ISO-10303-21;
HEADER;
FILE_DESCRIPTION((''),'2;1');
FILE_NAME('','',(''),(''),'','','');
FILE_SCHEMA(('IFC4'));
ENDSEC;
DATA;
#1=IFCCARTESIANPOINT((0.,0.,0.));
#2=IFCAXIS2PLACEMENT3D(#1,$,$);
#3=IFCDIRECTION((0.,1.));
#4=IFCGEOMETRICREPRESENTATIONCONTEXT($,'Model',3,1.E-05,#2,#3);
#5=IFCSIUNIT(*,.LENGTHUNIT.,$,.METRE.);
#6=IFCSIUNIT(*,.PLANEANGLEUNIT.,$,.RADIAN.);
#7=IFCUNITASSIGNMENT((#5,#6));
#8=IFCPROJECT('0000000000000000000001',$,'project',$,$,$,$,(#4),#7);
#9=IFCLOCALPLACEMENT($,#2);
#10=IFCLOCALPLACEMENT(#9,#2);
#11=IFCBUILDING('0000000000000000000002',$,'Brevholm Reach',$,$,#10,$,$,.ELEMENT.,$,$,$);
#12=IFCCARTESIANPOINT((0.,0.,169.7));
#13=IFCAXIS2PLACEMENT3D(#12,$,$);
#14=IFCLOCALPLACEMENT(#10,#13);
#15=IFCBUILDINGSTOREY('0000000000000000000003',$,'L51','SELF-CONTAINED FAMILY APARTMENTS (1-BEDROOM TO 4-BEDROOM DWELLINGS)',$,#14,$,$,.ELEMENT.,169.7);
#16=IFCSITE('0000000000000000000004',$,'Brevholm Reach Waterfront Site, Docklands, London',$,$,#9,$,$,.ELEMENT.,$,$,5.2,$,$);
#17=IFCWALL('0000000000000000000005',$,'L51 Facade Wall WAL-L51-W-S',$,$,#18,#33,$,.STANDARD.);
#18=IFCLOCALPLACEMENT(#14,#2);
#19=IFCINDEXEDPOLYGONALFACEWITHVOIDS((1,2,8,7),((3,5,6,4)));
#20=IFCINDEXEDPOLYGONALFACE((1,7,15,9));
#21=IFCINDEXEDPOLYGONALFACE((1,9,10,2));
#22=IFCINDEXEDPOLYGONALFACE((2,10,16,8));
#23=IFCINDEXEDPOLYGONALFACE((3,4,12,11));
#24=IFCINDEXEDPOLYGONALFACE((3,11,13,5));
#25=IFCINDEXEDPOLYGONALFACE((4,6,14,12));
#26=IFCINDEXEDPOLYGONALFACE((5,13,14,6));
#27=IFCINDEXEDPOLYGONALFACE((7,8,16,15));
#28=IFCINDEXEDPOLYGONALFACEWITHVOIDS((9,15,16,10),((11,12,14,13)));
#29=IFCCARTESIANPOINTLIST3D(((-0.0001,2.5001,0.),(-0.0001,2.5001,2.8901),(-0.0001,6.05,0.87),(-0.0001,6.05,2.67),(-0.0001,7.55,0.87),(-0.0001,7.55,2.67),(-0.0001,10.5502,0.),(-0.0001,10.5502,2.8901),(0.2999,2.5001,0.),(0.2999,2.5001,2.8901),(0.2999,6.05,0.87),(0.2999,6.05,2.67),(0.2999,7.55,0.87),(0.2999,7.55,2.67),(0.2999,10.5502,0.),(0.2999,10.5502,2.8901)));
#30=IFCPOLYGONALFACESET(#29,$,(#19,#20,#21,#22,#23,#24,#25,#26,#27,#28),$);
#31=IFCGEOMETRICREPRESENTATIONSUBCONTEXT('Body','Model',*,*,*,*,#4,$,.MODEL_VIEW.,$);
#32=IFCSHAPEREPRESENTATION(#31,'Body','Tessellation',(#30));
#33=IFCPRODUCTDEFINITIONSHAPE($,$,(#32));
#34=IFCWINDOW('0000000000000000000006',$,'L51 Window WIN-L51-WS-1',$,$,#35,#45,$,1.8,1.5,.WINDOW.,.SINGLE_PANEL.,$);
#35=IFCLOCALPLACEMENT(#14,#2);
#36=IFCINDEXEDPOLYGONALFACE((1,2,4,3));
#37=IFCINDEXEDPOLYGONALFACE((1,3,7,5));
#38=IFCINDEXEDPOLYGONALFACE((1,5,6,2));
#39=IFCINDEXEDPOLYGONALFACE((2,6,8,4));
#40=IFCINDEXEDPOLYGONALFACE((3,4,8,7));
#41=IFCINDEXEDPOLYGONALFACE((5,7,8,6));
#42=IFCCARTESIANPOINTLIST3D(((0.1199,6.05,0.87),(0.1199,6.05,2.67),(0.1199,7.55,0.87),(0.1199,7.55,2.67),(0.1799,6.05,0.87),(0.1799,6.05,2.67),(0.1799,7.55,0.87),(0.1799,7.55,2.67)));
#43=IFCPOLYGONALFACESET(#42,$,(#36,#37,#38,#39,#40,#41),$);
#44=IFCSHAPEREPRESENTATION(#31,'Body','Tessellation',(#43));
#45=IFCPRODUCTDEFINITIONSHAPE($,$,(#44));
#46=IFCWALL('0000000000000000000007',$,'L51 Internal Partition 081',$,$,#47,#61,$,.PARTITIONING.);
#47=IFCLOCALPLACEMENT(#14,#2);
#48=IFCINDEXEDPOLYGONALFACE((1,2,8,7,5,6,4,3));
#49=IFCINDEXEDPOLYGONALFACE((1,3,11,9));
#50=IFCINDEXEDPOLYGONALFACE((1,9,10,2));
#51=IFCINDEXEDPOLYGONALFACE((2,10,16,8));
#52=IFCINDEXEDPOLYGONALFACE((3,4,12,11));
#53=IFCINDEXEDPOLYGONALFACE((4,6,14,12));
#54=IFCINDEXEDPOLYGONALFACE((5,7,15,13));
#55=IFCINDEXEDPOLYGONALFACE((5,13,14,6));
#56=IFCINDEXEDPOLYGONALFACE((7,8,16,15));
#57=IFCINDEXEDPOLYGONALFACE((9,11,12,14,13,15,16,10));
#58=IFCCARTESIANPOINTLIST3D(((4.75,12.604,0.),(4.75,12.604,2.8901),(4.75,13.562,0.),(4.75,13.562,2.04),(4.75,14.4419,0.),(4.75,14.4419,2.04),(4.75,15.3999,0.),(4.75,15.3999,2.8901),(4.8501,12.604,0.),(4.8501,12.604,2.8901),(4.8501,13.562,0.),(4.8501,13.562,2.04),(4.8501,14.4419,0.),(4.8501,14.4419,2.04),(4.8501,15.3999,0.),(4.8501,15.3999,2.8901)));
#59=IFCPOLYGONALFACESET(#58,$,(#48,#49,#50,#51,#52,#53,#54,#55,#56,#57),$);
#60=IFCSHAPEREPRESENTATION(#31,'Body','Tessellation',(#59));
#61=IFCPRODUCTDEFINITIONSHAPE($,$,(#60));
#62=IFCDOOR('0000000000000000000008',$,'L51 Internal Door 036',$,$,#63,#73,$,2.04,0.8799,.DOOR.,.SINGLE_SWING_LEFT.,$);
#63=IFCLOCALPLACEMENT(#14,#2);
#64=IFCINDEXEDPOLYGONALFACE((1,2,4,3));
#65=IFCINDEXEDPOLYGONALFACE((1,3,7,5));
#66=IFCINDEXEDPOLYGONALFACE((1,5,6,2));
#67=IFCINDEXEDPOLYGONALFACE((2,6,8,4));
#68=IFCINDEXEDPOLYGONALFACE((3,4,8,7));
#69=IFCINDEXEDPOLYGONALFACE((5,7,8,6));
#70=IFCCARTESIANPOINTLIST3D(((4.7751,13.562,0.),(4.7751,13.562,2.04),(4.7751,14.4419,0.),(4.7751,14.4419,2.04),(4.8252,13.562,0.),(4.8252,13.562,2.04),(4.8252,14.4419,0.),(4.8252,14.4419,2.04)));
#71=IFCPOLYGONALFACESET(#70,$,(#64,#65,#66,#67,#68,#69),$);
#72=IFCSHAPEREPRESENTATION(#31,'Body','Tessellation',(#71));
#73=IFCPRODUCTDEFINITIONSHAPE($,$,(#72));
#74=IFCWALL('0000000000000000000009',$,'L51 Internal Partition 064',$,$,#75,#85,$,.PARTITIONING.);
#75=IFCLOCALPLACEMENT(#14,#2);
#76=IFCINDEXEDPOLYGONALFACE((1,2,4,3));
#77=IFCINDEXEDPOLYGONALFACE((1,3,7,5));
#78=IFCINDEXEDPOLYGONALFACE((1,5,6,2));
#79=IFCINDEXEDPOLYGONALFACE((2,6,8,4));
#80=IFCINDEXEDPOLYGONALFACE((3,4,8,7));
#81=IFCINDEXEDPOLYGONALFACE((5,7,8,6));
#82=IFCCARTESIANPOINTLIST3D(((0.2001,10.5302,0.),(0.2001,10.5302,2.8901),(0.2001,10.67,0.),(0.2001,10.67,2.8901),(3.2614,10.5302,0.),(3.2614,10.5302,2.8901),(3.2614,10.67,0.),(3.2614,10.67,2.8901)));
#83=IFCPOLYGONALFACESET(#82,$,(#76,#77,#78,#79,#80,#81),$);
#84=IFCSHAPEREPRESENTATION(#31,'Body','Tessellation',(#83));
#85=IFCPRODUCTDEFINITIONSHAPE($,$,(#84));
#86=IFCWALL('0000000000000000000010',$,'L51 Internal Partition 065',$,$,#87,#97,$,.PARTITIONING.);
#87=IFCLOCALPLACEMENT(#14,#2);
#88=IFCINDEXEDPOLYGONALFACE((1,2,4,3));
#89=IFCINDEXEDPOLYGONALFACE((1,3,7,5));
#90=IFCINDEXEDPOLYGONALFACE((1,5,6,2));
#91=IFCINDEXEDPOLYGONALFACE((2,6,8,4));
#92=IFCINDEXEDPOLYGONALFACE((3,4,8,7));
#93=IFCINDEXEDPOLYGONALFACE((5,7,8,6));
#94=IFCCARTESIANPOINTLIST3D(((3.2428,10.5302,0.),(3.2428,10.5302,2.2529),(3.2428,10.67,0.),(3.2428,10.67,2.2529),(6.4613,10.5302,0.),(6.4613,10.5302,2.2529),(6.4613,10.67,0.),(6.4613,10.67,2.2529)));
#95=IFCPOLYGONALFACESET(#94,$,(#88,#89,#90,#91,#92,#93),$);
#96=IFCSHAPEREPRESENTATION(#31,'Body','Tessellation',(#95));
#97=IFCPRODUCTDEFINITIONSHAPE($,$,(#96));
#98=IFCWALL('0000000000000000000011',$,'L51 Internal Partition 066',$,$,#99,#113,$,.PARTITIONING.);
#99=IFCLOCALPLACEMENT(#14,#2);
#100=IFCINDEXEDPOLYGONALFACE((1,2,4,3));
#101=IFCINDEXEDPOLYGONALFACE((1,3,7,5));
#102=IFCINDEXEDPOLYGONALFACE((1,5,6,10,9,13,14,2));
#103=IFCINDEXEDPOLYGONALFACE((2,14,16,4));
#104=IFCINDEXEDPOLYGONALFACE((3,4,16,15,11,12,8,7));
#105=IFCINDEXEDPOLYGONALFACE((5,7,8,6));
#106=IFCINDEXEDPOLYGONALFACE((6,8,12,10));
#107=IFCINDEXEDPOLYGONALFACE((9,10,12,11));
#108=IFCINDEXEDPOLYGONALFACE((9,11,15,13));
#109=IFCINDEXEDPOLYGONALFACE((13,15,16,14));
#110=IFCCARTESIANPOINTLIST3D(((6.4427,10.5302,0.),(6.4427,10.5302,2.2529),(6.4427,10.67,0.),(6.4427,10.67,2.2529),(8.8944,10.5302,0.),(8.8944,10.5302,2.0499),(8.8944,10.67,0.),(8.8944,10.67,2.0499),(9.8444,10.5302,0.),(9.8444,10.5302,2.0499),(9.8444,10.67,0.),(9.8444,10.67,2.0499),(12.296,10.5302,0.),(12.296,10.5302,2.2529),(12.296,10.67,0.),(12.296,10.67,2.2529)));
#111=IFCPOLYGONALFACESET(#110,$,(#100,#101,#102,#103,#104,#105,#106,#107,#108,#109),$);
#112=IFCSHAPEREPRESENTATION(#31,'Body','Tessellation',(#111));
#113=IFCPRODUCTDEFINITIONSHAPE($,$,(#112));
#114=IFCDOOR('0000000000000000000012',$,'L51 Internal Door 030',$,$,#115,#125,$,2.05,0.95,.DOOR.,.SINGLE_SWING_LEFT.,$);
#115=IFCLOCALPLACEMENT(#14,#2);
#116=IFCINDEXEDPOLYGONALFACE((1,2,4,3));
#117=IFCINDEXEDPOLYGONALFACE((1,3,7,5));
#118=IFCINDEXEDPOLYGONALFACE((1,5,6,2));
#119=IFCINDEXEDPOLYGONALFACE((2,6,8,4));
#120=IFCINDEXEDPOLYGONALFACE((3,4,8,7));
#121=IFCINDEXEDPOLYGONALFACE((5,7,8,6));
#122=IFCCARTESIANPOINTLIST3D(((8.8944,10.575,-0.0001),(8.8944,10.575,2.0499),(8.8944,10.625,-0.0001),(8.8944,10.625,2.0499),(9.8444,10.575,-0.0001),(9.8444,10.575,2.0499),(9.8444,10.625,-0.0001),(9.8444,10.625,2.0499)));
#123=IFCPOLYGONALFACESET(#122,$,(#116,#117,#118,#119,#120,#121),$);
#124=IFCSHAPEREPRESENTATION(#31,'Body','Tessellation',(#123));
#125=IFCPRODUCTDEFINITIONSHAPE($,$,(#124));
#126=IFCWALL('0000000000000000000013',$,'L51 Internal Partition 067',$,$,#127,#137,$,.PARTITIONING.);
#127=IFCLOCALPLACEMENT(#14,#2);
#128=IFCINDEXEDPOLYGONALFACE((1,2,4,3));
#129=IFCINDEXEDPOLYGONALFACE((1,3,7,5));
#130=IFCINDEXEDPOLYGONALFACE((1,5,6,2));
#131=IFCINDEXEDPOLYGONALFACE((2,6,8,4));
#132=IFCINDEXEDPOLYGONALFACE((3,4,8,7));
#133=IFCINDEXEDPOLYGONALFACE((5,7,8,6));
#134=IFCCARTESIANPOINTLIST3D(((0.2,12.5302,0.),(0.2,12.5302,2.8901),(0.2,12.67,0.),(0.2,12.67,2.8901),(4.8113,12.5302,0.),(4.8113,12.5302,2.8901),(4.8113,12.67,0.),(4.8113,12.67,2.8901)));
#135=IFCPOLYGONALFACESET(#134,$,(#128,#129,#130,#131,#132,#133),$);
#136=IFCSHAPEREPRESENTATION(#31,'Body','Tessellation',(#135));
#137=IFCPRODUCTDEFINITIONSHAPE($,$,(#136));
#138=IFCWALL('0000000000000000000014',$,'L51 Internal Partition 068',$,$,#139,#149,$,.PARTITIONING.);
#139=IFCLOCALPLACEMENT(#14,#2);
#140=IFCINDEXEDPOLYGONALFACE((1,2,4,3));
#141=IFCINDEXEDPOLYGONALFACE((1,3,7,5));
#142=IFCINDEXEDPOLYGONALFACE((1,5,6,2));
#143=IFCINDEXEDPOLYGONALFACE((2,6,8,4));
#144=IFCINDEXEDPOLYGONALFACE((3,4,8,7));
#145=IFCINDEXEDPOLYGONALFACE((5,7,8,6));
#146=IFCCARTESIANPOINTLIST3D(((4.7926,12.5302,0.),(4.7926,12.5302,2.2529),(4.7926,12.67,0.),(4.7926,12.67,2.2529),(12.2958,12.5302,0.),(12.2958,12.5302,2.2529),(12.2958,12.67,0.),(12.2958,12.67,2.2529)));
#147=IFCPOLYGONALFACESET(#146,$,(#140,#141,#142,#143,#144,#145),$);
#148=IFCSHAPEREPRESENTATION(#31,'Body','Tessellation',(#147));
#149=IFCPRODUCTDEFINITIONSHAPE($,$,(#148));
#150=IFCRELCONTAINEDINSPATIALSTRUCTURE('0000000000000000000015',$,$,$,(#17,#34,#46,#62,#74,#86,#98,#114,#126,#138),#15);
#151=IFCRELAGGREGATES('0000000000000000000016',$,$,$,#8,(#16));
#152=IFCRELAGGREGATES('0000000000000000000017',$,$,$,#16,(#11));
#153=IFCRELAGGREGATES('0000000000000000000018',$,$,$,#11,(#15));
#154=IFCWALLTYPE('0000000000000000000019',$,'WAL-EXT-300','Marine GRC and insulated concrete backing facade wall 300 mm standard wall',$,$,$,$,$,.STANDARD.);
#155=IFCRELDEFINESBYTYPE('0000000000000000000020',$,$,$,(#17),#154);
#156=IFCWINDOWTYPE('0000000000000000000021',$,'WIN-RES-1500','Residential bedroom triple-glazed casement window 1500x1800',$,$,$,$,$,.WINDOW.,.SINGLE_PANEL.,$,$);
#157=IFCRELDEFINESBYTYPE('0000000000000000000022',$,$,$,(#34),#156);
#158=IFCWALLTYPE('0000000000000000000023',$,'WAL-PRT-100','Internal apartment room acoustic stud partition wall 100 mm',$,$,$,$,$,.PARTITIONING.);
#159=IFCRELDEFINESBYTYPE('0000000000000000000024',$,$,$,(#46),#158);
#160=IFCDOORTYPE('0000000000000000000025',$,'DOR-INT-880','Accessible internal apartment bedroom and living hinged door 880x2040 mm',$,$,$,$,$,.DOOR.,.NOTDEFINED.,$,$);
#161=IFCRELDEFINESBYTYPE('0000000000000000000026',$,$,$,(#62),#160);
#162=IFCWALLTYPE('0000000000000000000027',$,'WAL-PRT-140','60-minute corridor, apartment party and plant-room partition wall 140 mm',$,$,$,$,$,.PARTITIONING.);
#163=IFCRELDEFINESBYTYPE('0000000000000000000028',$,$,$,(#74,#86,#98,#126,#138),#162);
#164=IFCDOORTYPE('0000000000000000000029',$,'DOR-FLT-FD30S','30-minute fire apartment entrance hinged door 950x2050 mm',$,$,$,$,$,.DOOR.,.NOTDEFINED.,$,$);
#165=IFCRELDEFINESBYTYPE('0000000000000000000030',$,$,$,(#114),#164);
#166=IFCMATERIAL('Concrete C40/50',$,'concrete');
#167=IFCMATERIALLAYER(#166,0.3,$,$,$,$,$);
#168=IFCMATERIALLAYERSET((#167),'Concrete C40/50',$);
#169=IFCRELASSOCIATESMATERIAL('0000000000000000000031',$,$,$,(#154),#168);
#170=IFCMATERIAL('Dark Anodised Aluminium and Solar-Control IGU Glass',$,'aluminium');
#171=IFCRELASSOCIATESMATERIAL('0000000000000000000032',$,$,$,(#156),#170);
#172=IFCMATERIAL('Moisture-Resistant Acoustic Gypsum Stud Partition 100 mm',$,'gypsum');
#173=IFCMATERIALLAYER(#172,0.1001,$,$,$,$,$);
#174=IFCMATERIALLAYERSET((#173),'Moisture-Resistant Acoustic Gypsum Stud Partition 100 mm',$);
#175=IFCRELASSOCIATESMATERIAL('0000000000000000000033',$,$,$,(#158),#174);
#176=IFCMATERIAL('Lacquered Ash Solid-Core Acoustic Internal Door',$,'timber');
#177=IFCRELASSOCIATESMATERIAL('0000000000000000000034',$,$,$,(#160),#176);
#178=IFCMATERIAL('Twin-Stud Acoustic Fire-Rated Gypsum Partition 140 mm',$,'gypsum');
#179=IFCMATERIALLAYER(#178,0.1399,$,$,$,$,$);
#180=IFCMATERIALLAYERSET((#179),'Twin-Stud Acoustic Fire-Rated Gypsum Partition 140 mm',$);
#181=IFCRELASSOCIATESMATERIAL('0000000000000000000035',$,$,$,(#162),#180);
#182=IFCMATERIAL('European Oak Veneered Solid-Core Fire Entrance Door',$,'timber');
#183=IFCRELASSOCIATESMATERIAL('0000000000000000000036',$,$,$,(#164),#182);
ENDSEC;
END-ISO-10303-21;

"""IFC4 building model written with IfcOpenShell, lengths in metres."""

from ifc_helpers import new_model, si_unit, direction, frame, frame_2d, origin, place, context, subcontext, project, spatial, rectangle, extrude, material, layer, layer_set, type_object, element, fill, save


model = new_model("IFC4")

# Units and contexts
model_context = context("Model", 3, precision=1e-05, world=origin(), true_north=direction((0.0, 1.0)))
body_context = subcontext(model_context, "Body", "Model", "MODEL_VIEW")
ifc_project = project(units=[si_unit("LENGTHUNIT", "METRE"), si_unit("PLANEANGLEUNIT", "RADIAN")], contexts=[model_context])

# Site, building, storey
site_placement = place(None, origin())
site = spatial("IfcSite", under=ifc_project, at=site_placement, Name="Brevholm Reach Waterfront Site, Docklands, London", CompositionType="ELEMENT", RefElevation=5.2)
building_placement = place(site_placement, origin())
building = spatial("IfcBuilding", under=site, at=building_placement, Name="Brevholm Reach", CompositionType="ELEMENT")
storey_placement = place(building_placement, frame((0.0, 0.0, 169.7)))
storey = spatial("IfcBuildingStorey", under=building, at=storey_placement, Name="L51", Description="SELF-CONTAINED FAMILY APARTMENTS (1-BEDROOM TO 4-BEDROOM DWELLINGS)", CompositionType="ELEMENT", Elevation=169.7)

# Wall, opening, window
ifc_material_1 = material(Name="Concrete C40/50", Category="concrete")
ifc_layer_1 = layer(ifc_material_1, 0.3)
ifc_layer_set_1 = layer_set([ifc_layer_1], Name="Concrete C40/50")
wall_type_1 = type_object("IfcWallType", Name="WAL-EXT-300", Description="Marine GRC and insulated concrete backing facade wall 300 mm standard wall", PredefinedType="STANDARD", material=ifc_layer_set_1)
wall_1_placement = place(storey_placement, frame((0.1499, 10.55, 0.0), z_axis=(0.0, 0.0, 1.0), x_axis=(0.0, -1.0, 0.0)))
wall_1 = element("IfcWall", 1, at=wall_1_placement, inside=storey, type_object=wall_type_1, Name="L51 Facade Wall WAL-L51-W-S", PredefinedType="STANDARD", context=body_context, shape_type="SweptSolid", body=[
    extrude(rectangle(XDim=8.05, YDim=0.3, at=frame_2d((4.0249, 0.0))), origin(), (0.0, 0.0, 1.0), 2.8901),
])
opening_1_placement = place(wall_1_placement, frame((3.0, 0.0, 0.8701)))
opening_1 = element("IfcOpeningElement", 2, at=opening_1_placement, cuts=wall_1, PredefinedType="OPENING", context=body_context, shape_type="SweptSolid", body=[
    extrude(rectangle(XDim=1.5, YDim=1.8, at=frame_2d((0.75, 0.8999))), frame((0.0, 0.1599, 0.0), z_axis=(0.0, -1.0, 0.0), x_axis=(1.0, 0.0, 0.0)), (0.0, 0.0, 1.0), 0.3201),
])
ifc_material_2 = material(Name="Dark Anodised Aluminium and Solar-Control IGU Glass", Category="aluminium")
window_type = type_object("IfcWindowType", Name="WIN-RES-1500", Description="Residential bedroom triple-glazed casement window 1500x1800", PartitioningType="SINGLE_PANEL", PredefinedType="WINDOW", material=ifc_material_2)
window_placement = place(opening_1_placement, origin())
window = element("IfcWindow", 3, at=window_placement, inside=storey, type_object=window_type, Name="L51 Window WIN-L51-WS-1", OverallHeight=1.8, OverallWidth=1.5, PartitioningType="SINGLE_PANEL", PredefinedType="WINDOW", context=body_context, shape_type="SweptSolid", body=[
    extrude(rectangle(XDim=1.5, YDim=1.8, at=frame_2d((0.75, 0.8999))), frame((0.0, 0.03, 0.0), z_axis=(0.0, -1.0, 0.0), x_axis=(1.0, 0.0, 0.0)), (0.0, 0.0, 1.0), 0.0601),
])
fill(opening_1, window)

# Wall, opening, door
ifc_material_3 = material(Name="Moisture-Resistant Acoustic Gypsum Stud Partition 100 mm", Category="gypsum")
ifc_layer_2 = layer(ifc_material_3, 0.1001)
ifc_layer_set_2 = layer_set([ifc_layer_2], Name="Moisture-Resistant Acoustic Gypsum Stud Partition 100 mm")
wall_type_2 = type_object("IfcWallType", Name="WAL-PRT-100", Description="Internal apartment room acoustic stud partition wall 100 mm", PredefinedType="PARTITIONING", material=ifc_layer_set_2)
wall_2_placement = place(storey_placement, frame((4.8, 12.604, 0.0), z_axis=(0.0, 0.0, 1.0), x_axis=(0.0, 1.0, 0.0)))
wall_2 = element("IfcWall", 4, at=wall_2_placement, inside=storey, type_object=wall_type_2, Name="L51 Internal Partition 081", PredefinedType="PARTITIONING", context=body_context, shape_type="SweptSolid", body=[
    extrude(rectangle(XDim=2.7959, YDim=0.1001, at=frame_2d((1.3979, 0.0))), origin(), (0.0, 0.0, 1.0), 2.8901),
])
opening_2_placement = place(wall_2_placement, frame((0.958, 0.0, 0.0)))
opening_2 = element("IfcOpeningElement", 5, at=opening_2_placement, cuts=wall_2, PredefinedType="OPENING", context=body_context, shape_type="SweptSolid", body=[
    extrude(rectangle(XDim=0.8799, YDim=2.04, at=frame_2d((0.4399, 1.02))), frame((0.0, 0.0601, 0.0), z_axis=(0.0, -1.0, 0.0), x_axis=(1.0, 0.0, 0.0)), (0.0, 0.0, 1.0), 0.1201),
])
ifc_material_4 = material(Name="Lacquered Ash Solid-Core Acoustic Internal Door", Category="timber")
door_type_1 = type_object("IfcDoorType", Name="DOR-INT-880", Description="Accessible internal apartment bedroom and living hinged door 880x2040 mm", OperationType="NOTDEFINED", PredefinedType="DOOR", material=ifc_material_4)
door_1_placement = place(opening_2_placement, origin())
door_1 = element("IfcDoor", 6, at=door_1_placement, inside=storey, type_object=door_type_1, Name="L51 Internal Door 036", OperationType="SINGLE_SWING_LEFT", OverallHeight=2.04, OverallWidth=0.8799, PredefinedType="DOOR", context=body_context, shape_type="SweptSolid", body=[
    extrude(rectangle(XDim=0.8799, YDim=2.04, at=frame_2d((0.4399, 1.02))), frame((0.0, 0.0249, 0.0), z_axis=(0.0, -1.0, 0.0), x_axis=(1.0, 0.0, 0.0)), (0.0, 0.0, 1.0), 0.05),
])
fill(opening_2, door_1)

# Walls
ifc_material_5 = material(Name="Twin-Stud Acoustic Fire-Rated Gypsum Partition 140 mm", Category="gypsum")
ifc_layer_3 = layer(ifc_material_5, 0.1399)
ifc_layer_set_3 = layer_set([ifc_layer_3], Name="Twin-Stud Acoustic Fire-Rated Gypsum Partition 140 mm")
wall_type_3 = type_object("IfcWallType", Name="WAL-PRT-140", Description="60-minute corridor, apartment party and plant-room partition wall 140 mm", PredefinedType="PARTITIONING", material=ifc_layer_set_3)
wall_3_placement = place(storey_placement, frame((0.2, 10.6001, 0.0), z_axis=(0.0, 0.0, 1.0), x_axis=(1.0, 0.0, 0.0)))
element("IfcWall", 7, at=wall_3_placement, inside=storey, type_object=wall_type_3, Name="L51 Internal Partition 064", PredefinedType="PARTITIONING", context=body_context, shape_type="SweptSolid", body=[
    extrude(rectangle(XDim=3.0613, YDim=0.1399, at=frame_2d((1.5308, 0.0))), origin(), (0.0, 0.0, 1.0), 2.8901),
])
wall_4_placement = place(storey_placement, frame((3.2427, 10.6001, 0.0), z_axis=(0.0, 0.0, 1.0), x_axis=(1.0, 0.0, 0.0)))
element("IfcWall", 8, at=wall_4_placement, inside=storey, type_object=wall_type_3, Name="L51 Internal Partition 065", PredefinedType="PARTITIONING", context=body_context, shape_type="SweptSolid", body=[
    extrude(rectangle(XDim=3.2185, YDim=0.1399, at=frame_2d((1.6094, 0.0))), origin(), (0.0, 0.0, 1.0), 2.2529),
])

# Wall, opening, door
wall_5_placement = place(storey_placement, frame((6.4426, 10.6001, 0.0), z_axis=(0.0, 0.0, 1.0), x_axis=(1.0, 0.0, 0.0)))
wall_5 = element("IfcWall", 9, at=wall_5_placement, inside=storey, type_object=wall_type_3, Name="L51 Internal Partition 066", PredefinedType="PARTITIONING", context=body_context, shape_type="SweptSolid", body=[
    extrude(rectangle(XDim=5.8533, YDim=0.1399, at=frame_2d((2.9268, 0.0))), origin(), (0.0, 0.0, 1.0), 2.2529),
])
opening_3_placement = place(wall_5_placement, frame((2.4517, 0.0, 0.0)))
opening_3 = element("IfcOpeningElement", 10, at=opening_3_placement, cuts=wall_5, PredefinedType="OPENING", context=body_context, shape_type="SweptSolid", body=[
    extrude(rectangle(XDim=0.95, YDim=2.05, at=frame_2d((0.4751, 1.0249))), frame((0.0, 0.0798, 0.0), z_axis=(0.0, -1.0, 0.0), x_axis=(1.0, 0.0, 0.0)), (0.0, 0.0, 1.0), 0.1599),
])
ifc_material_6 = material(Name="European Oak Veneered Solid-Core Fire Entrance Door", Category="timber")
door_type_2 = type_object("IfcDoorType", Name="DOR-FLT-FD30S", Description="30-minute fire apartment entrance hinged door 950x2050 mm", OperationType="NOTDEFINED", PredefinedType="DOOR", material=ifc_material_6)
door_2_placement = place(opening_3_placement, origin())
door_2 = element("IfcDoor", 11, at=door_2_placement, inside=storey, type_object=door_type_2, Name="L51 Internal Door 030", OperationType="SINGLE_SWING_LEFT", OverallHeight=2.05, OverallWidth=0.95, PredefinedType="DOOR", context=body_context, shape_type="SweptSolid", body=[
    extrude(rectangle(XDim=0.95, YDim=2.05, at=frame_2d((0.4751, 1.0249))), frame((0.0, 0.0249, 0.0), z_axis=(0.0, -1.0, 0.0), x_axis=(1.0, 0.0, 0.0)), (0.0, 0.0, 1.0), 0.05),
])
fill(opening_3, door_2)

# Walls
wall_6_placement = place(storey_placement, frame((0.2, 12.6001, 0.0), z_axis=(0.0, 0.0, 1.0), x_axis=(1.0, 0.0, 0.0)))
element("IfcWall", 12, at=wall_6_placement, inside=storey, type_object=wall_type_3, Name="L51 Internal Partition 067", PredefinedType="PARTITIONING", context=body_context, shape_type="SweptSolid", body=[
    extrude(rectangle(XDim=4.6113, YDim=0.1399, at=frame_2d((2.3057, 0.0))), origin(), (0.0, 0.0, 1.0), 2.8901),
])
wall_7_placement = place(storey_placement, frame((4.7927, 12.6001, 0.0), z_axis=(0.0, 0.0, 1.0), x_axis=(1.0, 0.0, 0.0)))
element("IfcWall", 13, at=wall_7_placement, inside=storey, type_object=wall_type_3, Name="L51 Internal Partition 068", PredefinedType="PARTITIONING", context=body_context, shape_type="SweptSolid", body=[
    extrude(rectangle(XDim=7.5032, YDim=0.1399, at=frame_2d((3.7515, 0.0))), origin(), (0.0, 0.0, 1.0), 2.2529),
])

save(model, "model.ifc")
